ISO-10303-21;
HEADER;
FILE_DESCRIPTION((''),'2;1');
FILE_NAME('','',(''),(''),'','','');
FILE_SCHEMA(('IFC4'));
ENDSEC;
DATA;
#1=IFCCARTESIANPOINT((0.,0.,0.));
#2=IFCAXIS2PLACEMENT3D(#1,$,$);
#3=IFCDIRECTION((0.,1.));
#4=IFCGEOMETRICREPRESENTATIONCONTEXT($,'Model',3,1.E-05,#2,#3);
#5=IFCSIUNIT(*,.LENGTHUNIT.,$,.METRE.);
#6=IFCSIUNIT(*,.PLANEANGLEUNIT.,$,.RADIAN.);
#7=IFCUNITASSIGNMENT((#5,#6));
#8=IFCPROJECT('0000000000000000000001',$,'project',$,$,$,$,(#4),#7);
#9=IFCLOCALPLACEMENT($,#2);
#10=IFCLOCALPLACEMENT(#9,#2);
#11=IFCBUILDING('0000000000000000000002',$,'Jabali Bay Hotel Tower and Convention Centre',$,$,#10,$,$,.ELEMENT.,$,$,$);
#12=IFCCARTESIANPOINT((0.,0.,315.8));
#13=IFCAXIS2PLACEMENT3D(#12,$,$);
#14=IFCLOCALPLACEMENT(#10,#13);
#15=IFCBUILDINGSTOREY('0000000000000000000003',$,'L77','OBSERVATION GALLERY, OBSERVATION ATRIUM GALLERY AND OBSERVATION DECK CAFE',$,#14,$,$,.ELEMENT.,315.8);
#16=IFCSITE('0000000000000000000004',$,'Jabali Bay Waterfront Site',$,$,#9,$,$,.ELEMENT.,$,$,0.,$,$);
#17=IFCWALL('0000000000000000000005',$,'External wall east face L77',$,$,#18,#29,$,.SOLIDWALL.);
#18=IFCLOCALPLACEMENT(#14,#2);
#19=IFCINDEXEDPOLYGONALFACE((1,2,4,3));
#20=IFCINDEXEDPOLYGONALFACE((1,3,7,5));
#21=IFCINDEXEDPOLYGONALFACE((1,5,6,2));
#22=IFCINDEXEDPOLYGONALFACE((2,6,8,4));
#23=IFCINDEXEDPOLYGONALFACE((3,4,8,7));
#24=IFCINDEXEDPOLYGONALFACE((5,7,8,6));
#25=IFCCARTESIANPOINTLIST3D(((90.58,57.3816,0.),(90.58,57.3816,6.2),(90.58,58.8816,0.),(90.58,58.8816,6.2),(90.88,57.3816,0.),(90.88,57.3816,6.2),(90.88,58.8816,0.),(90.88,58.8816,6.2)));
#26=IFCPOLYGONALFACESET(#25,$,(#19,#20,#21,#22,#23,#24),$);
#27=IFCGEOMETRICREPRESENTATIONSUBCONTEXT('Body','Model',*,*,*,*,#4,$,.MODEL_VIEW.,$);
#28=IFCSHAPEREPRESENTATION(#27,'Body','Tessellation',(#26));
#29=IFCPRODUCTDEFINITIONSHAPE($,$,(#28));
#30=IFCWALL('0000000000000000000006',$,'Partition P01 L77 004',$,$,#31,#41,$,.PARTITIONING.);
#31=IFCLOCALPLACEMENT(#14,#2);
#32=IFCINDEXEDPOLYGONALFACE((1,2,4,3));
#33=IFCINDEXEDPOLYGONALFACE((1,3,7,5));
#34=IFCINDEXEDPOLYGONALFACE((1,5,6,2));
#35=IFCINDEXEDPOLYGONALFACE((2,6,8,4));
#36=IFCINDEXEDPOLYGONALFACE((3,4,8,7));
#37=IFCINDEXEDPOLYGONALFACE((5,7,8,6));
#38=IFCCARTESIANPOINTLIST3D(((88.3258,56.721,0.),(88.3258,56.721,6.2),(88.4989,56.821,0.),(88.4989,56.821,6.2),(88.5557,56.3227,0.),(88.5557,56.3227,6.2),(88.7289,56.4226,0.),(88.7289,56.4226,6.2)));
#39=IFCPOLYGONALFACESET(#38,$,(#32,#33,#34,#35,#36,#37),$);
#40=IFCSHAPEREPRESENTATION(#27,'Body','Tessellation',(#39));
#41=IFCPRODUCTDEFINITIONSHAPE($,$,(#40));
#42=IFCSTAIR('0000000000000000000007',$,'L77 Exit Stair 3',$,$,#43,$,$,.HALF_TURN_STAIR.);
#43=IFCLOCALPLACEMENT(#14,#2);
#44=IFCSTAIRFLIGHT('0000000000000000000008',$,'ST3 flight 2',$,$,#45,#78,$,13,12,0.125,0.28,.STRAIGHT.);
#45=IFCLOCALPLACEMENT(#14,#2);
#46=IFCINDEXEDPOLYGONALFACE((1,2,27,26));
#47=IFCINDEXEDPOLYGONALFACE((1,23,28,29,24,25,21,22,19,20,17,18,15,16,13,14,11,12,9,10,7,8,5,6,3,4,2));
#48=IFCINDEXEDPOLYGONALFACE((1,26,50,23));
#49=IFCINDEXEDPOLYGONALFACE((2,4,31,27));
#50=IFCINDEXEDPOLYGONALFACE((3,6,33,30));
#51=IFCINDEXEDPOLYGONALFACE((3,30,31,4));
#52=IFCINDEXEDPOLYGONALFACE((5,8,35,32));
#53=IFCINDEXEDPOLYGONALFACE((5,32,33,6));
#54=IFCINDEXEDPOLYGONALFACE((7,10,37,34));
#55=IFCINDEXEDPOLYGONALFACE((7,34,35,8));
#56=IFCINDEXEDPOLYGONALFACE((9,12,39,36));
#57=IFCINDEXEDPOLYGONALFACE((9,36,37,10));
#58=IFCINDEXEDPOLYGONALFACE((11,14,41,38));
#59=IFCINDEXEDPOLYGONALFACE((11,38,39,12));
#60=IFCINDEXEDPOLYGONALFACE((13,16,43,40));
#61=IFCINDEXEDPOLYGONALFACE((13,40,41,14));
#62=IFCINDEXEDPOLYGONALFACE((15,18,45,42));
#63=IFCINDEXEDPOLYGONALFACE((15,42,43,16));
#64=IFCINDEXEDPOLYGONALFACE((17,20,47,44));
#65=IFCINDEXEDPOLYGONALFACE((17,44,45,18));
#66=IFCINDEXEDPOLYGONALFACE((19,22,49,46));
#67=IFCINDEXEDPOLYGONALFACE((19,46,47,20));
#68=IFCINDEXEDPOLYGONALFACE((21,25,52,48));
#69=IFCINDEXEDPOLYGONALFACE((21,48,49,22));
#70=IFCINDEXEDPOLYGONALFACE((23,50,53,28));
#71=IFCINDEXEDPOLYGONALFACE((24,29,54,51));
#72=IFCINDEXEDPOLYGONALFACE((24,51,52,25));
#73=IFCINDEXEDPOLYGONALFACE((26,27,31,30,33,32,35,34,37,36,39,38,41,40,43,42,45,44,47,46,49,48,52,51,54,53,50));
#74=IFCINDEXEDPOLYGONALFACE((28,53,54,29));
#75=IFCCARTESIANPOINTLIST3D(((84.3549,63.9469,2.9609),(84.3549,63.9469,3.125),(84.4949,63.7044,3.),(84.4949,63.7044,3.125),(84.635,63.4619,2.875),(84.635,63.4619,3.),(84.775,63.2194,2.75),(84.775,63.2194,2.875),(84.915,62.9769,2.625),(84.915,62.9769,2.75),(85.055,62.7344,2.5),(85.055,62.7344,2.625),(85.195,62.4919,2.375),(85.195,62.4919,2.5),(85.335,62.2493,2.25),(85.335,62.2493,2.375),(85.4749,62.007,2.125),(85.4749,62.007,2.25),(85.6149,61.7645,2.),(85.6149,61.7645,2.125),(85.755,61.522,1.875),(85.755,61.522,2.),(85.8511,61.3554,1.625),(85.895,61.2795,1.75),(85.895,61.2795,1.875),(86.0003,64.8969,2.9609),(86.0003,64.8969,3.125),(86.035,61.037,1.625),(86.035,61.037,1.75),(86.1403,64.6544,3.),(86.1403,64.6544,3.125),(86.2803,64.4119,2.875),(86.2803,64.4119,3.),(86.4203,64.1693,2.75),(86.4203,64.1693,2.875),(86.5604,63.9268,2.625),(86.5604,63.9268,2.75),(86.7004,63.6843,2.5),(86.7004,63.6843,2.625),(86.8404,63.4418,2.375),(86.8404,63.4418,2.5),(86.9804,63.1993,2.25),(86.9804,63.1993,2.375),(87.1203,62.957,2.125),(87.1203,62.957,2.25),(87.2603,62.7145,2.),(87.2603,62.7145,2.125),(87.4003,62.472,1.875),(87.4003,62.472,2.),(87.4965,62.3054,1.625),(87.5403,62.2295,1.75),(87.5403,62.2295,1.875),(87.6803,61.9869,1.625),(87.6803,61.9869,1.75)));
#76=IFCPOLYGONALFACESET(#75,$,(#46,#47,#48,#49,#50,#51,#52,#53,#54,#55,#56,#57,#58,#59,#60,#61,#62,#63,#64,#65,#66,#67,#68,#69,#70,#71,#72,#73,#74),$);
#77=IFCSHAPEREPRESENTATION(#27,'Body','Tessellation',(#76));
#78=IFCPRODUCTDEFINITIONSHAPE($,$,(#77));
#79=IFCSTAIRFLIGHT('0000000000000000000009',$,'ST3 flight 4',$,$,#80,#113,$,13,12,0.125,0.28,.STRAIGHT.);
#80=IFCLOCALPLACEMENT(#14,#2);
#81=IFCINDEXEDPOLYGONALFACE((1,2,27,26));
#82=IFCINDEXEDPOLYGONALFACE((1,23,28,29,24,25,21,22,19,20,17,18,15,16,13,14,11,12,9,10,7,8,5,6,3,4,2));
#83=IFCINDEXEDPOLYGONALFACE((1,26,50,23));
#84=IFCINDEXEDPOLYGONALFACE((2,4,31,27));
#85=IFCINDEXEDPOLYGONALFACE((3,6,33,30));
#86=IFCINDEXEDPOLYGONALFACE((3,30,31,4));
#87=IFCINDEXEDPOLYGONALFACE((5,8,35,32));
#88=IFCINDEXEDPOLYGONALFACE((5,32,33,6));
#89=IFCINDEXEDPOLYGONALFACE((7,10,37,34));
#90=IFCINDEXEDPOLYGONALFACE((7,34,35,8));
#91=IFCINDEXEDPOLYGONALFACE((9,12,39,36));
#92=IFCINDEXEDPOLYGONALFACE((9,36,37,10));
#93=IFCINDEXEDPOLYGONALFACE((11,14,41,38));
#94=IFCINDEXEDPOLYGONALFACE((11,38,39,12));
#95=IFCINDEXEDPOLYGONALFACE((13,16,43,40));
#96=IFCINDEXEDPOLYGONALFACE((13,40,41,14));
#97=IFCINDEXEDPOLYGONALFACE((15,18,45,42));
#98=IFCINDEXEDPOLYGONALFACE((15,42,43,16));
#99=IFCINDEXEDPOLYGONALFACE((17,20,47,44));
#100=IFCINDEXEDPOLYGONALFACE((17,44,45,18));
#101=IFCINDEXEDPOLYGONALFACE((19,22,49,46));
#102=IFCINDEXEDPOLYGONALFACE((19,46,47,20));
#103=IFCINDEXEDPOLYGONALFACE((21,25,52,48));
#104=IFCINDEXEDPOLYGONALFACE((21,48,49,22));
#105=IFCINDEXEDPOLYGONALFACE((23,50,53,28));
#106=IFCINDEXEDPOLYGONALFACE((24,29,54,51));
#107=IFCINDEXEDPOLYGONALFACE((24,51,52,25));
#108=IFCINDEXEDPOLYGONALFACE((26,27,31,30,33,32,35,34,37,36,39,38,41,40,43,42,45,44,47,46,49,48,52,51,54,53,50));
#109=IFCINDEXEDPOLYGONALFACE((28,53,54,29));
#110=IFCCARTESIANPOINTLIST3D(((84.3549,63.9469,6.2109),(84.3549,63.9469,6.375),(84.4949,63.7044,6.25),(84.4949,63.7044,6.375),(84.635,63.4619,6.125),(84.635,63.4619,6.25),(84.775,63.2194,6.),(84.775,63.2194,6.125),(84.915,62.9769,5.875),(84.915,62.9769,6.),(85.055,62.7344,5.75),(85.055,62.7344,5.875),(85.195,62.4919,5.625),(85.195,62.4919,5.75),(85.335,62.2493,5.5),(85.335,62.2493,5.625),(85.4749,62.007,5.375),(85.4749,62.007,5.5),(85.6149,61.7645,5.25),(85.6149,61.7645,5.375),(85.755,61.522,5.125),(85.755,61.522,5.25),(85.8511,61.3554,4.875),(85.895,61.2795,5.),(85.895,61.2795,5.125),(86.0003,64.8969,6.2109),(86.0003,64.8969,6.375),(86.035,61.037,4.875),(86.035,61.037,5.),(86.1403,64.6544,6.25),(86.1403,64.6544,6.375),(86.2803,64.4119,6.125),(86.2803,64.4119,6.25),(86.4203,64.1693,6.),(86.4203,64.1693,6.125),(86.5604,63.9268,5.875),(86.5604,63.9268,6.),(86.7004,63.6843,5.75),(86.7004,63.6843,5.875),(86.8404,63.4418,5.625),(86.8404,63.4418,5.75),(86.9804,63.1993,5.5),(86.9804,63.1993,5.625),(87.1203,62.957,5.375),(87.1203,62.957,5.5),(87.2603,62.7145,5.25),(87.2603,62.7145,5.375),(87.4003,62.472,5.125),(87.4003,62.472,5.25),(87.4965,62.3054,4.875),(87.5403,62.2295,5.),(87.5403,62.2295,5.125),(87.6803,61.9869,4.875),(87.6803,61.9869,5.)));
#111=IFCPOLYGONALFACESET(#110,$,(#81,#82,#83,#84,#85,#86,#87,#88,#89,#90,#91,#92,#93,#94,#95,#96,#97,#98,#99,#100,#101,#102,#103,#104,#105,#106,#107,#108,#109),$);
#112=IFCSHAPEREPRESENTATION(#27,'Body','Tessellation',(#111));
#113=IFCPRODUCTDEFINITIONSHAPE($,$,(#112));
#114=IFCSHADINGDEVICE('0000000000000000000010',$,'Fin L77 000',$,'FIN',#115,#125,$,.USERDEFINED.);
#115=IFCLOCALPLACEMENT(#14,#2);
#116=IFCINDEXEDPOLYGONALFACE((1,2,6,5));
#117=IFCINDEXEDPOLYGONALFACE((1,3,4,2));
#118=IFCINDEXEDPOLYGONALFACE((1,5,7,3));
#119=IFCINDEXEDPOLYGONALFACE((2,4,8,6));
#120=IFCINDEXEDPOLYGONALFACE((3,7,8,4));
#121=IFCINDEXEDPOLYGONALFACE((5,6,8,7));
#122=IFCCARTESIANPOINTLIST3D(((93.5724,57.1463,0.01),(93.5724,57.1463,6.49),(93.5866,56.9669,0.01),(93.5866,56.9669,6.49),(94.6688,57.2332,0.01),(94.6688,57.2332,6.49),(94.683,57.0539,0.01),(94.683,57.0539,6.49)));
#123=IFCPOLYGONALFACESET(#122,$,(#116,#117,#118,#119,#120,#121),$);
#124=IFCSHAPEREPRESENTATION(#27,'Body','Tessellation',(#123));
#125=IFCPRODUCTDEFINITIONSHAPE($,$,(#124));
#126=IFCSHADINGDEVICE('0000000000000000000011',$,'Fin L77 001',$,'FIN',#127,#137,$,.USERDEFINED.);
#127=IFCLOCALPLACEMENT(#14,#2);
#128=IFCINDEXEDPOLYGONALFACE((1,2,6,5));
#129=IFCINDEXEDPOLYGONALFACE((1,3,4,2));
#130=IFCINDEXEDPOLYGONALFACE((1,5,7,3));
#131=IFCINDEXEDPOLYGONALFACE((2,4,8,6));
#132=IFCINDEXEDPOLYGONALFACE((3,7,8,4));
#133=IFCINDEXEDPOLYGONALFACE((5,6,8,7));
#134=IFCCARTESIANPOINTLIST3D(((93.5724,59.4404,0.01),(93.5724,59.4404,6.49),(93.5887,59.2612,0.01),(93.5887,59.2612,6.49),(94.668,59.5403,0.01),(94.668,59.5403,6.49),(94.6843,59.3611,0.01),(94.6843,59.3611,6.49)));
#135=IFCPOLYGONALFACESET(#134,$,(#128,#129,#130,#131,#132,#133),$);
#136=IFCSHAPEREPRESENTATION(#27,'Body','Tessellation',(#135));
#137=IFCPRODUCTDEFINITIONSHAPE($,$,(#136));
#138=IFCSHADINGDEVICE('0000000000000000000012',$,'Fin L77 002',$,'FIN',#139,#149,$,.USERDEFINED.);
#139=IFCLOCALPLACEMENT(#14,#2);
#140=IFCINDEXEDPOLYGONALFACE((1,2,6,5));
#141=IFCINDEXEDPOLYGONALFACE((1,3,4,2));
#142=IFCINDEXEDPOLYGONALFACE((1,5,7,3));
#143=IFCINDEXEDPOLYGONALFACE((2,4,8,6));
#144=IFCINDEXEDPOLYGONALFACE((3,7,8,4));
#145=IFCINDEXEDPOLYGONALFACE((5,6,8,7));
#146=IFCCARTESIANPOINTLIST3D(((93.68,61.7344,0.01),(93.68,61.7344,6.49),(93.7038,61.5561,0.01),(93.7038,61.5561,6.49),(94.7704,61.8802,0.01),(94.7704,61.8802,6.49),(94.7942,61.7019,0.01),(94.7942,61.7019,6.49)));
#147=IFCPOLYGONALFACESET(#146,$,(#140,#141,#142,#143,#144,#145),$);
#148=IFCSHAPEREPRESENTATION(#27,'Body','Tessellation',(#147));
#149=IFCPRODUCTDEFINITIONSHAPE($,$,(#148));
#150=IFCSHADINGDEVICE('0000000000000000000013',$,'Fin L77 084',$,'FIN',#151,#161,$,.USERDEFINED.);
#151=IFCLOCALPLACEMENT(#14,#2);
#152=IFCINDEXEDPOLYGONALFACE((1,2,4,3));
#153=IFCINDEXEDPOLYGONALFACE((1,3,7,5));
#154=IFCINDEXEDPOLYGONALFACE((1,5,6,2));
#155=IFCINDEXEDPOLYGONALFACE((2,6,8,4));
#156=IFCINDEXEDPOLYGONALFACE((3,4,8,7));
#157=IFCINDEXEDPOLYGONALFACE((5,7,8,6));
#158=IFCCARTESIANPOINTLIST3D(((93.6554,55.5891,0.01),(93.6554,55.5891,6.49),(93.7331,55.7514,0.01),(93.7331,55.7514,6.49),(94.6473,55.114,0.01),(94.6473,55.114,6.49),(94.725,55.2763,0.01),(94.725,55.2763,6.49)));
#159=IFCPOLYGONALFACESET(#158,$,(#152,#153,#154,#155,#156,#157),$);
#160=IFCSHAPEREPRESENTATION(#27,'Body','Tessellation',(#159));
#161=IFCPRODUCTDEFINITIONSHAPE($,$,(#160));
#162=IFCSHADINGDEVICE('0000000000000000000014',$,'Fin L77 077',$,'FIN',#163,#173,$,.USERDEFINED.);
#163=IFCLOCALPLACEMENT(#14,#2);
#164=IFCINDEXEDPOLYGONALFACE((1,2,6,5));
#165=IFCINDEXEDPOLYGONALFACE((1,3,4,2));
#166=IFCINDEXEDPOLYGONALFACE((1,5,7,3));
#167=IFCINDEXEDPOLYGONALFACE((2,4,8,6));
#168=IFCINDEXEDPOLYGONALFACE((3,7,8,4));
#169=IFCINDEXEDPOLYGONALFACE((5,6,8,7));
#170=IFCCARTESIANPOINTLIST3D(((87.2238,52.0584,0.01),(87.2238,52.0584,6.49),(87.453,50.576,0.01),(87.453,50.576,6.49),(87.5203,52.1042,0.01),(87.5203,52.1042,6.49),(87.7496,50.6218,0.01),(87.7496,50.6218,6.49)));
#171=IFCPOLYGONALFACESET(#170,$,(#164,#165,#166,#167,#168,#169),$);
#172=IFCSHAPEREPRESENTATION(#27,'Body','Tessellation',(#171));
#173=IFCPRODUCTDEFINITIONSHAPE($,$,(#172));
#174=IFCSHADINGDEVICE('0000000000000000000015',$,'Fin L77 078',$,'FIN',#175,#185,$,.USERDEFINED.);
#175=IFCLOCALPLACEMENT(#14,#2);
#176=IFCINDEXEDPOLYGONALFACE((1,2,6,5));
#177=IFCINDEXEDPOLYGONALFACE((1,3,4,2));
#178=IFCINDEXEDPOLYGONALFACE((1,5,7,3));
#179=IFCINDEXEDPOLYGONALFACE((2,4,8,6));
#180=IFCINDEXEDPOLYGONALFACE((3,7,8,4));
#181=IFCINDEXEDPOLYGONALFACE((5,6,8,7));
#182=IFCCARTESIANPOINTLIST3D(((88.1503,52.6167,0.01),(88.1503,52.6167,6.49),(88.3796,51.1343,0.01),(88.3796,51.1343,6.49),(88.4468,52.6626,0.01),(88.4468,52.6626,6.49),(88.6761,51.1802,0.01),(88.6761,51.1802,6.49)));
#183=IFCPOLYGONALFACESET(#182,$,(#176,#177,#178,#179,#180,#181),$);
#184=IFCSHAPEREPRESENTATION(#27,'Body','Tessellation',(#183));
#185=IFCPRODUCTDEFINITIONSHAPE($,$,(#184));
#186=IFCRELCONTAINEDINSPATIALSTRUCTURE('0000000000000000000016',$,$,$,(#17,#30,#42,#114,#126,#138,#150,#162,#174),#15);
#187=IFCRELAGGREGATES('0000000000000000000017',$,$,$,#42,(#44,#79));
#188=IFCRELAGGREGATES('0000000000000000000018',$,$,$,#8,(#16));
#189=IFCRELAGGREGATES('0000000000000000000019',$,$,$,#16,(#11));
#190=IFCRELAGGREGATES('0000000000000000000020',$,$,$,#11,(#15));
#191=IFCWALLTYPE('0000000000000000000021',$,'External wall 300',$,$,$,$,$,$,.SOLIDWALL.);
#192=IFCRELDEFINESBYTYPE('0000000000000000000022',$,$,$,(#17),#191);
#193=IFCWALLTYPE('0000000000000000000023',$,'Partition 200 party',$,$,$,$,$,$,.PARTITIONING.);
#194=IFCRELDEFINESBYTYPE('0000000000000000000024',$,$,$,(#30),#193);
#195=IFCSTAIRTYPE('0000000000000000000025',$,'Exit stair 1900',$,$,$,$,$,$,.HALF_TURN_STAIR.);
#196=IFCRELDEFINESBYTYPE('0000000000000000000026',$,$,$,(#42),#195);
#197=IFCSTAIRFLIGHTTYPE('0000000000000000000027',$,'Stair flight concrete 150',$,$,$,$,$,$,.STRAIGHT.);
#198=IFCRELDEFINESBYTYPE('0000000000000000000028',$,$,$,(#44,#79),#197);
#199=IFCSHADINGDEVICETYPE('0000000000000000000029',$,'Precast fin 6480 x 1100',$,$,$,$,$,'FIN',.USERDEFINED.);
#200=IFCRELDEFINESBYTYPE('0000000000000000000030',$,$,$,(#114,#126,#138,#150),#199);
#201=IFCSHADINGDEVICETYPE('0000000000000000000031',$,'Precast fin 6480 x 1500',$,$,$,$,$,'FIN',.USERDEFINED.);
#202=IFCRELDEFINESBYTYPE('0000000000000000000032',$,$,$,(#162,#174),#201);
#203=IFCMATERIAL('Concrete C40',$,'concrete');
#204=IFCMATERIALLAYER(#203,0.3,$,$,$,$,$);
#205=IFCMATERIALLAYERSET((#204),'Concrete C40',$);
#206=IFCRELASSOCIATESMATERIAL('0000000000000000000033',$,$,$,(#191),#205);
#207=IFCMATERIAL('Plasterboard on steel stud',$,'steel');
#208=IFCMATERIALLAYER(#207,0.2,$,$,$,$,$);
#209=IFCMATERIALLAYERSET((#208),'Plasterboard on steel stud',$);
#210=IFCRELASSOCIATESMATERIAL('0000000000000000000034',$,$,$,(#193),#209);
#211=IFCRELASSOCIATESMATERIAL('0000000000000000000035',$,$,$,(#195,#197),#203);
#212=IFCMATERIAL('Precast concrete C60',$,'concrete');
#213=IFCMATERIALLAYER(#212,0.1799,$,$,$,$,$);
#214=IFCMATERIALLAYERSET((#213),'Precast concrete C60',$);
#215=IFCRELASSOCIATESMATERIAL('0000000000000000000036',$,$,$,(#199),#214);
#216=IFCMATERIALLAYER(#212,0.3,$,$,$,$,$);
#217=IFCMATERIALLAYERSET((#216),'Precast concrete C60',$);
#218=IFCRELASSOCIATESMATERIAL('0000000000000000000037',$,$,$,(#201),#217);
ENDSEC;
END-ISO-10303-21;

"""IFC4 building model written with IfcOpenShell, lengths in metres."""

from ifc_helpers import new_model, si_unit, direction, frame, frame_2d, origin, place, context, subcontext, project, spatial, polyline, rectangle, outline, extrude, material, layer, layer_set, type_object, element, aggregate, save


model = new_model("IFC4")

# Units and contexts
model_context = context("Model", 3, precision=1e-05, world=origin(), true_north=direction((0.0, 1.0)))
body_context = subcontext(model_context, "Body", "Model", "MODEL_VIEW")
ifc_project = project(units=[si_unit("LENGTHUNIT", "METRE"), si_unit("PLANEANGLEUNIT", "RADIAN")], contexts=[model_context])

# Site, building, storey
site_placement = place(None, origin())
site = spatial("IfcSite", under=ifc_project, at=site_placement, Name="Jabali Bay Waterfront Site", CompositionType="ELEMENT", RefElevation=0.0)
building_placement = place(site_placement, origin())
building = spatial("IfcBuilding", under=site, at=building_placement, Name="Jabali Bay Hotel Tower and Convention Centre", CompositionType="ELEMENT")
storey_placement = place(building_placement, frame((0.0, 0.0, 315.8)))
storey = spatial("IfcBuildingStorey", under=building, at=storey_placement, Name="L77", Description="OBSERVATION GALLERY, OBSERVATION ATRIUM GALLERY AND OBSERVATION DECK CAFE", CompositionType="ELEMENT", Elevation=315.8)

# Walls
ifc_material_1 = material(Name="Concrete C40", Category="concrete")
ifc_layer_1 = layer(ifc_material_1, 0.3)
ifc_layer_set_1 = layer_set([ifc_layer_1], Name="Concrete C40")
wall_type_1 = type_object("IfcWallType", Name="External wall 300", PredefinedType="SOLIDWALL", material=ifc_layer_set_1)
wall_1_placement = place(storey_placement, frame((90.73, 58.8816, 0.0), z_axis=(0.0, 0.0, 1.0), x_axis=(0.0, -1.0, 0.0)))
element("IfcWall", 1, at=wall_1_placement, inside=storey, type_object=wall_type_1, Name="External wall east face L77", PredefinedType="SOLIDWALL", context=body_context, shape_type="SweptSolid", body=[
    extrude(rectangle(XDim=1.5, YDim=0.3, at=frame_2d((0.75, 0.0))), origin(), (0.0, 0.0, 1.0), 6.2),
])
ifc_material_2 = material(Name="Plasterboard on steel stud", Category="steel")
ifc_layer_2 = layer(ifc_material_2, 0.2)
ifc_layer_set_2 = layer_set([ifc_layer_2], Name="Plasterboard on steel stud")
wall_type_2 = type_object("IfcWallType", Name="Partition 200 party", PredefinedType="PARTITIONING", material=ifc_layer_set_2)
wall_2_placement = place(storey_placement, frame((88.4124, 56.771, 0.0), z_axis=(0.0, 0.0, 1.0), x_axis=(0.499906, -0.86608, 0.0)))
element("IfcWall", 2, at=wall_2_placement, inside=storey, type_object=wall_type_2, Name="Partition P01 L77 004", PredefinedType="PARTITIONING", context=body_context, shape_type="SweptSolid", body=[
    extrude(rectangle(XDim=0.46, YDim=0.2, at=frame_2d((0.23, 0.0))), origin(), (0.0, 0.0, 1.0), 6.2),
])

# Stair, stair flights
stair_type = type_object("IfcStairType", Name="Exit stair 1900", PredefinedType="HALF_TURN_STAIR", material=ifc_material_1)
stair_placement = place(storey_placement, origin())
stair = element("IfcStair", 3, at=stair_placement, inside=storey, type_object=stair_type, Name="L77 Exit Stair 3", PredefinedType="HALF_TURN_STAIR")
stair_flight_type = type_object("IfcStairFlightType", Name="Stair flight concrete 150", PredefinedType="STRAIGHT", material=ifc_material_1)
stair_flight_1_placement = place(storey_placement, frame((86.8577, 61.512, 1.625), z_axis=(0.0, 0.0, 1.0), x_axis=(-0.5, 0.866025, 0.0)))
stair_flight_1 = element("IfcStairFlight", 4, at=stair_flight_1_placement, type_object=stair_flight_type, Name="ST3 flight 2", NumberOfRisers=13, NumberOfTreads=12, PredefinedType="STRAIGHT", RiserHeight=0.125, TreadLength=0.28, context=body_context, shape_type="SweptSolid", body=[
    extrude(outline(polyline([(0.0, 0.0), (0.0, 0.125), (0.28, 0.125), (0.28, 0.25), (0.5601, 0.25), (0.5601, 0.375), (0.8401, 0.375), (0.8401, 0.5), (1.1201, 0.5), (1.1201, 0.625), (1.3999, 0.625), (1.3999, 0.75), (1.6799, 0.75), (1.6799, 0.875), (1.96, 0.875), (1.96, 1.0), (2.24, 1.0), (2.24, 1.125), (2.52, 1.125), (2.52, 1.25), (2.8, 1.25), (2.8, 1.375), (3.0801, 1.375), (3.0801, 1.5), (3.3601, 1.5), (3.3601, 1.625), (3.3601, 1.3359), (0.3677, 0.0), (0.0, 0.0)])), frame((0.0, 0.95, 0.0), z_axis=(0.0, -1.0, 0.0), x_axis=(1.0, 0.0, 0.0)), (0.0, 0.0, 1.0), 1.8999),
])
stair_flight_2_placement = place(storey_placement, frame((86.8577, 61.512, 4.875), z_axis=(0.0, 0.0, 1.0), x_axis=(-0.5, 0.866025, 0.0)))
stair_flight_2 = element("IfcStairFlight", 5, at=stair_flight_2_placement, type_object=stair_flight_type, Name="ST3 flight 4", NumberOfRisers=13, NumberOfTreads=12, PredefinedType="STRAIGHT", RiserHeight=0.125, TreadLength=0.28, context=body_context, shape_type="SweptSolid", body=[
    extrude(outline(polyline([(0.0, 0.0), (0.0, 0.125), (0.28, 0.125), (0.28, 0.25), (0.5601, 0.25), (0.5601, 0.375), (0.8401, 0.375), (0.8401, 0.5), (1.1201, 0.5), (1.1201, 0.625), (1.3999, 0.625), (1.3999, 0.75), (1.6799, 0.75), (1.6799, 0.875), (1.96, 0.875), (1.96, 1.0), (2.24, 1.0), (2.24, 1.125), (2.52, 1.125), (2.52, 1.25), (2.8, 1.25), (2.8, 1.375), (3.0801, 1.375), (3.0801, 1.5), (3.3601, 1.5), (3.3601, 1.625), (3.3601, 1.3359), (0.3677, 0.0), (0.0, 0.0)])), frame((0.0, 0.95, 0.0), z_axis=(0.0, -1.0, 0.0), x_axis=(1.0, 0.0, 0.0)), (0.0, 0.0, 1.0), 1.8999),
])
aggregate(stair, [stair_flight_1, stair_flight_2])

# Shading devices
ifc_material_3 = material(Name="Precast concrete C60", Category="concrete")
ifc_layer_3 = layer(ifc_material_3, 0.1799)
ifc_layer_set_3 = layer_set([ifc_layer_3], Name="Precast concrete C60")
shading_device_type_1 = type_object("IfcShadingDeviceType", Name="Precast fin 6480 x 1100", ElementType="FIN", PredefinedType="USERDEFINED", material=ifc_layer_set_3)
shading_device_1_placement = place(storey_placement, frame((93.5796, 57.0566, 0.01), z_axis=(0.0, 0.0, 1.0), x_axis=(0.996873, 0.079022, 0.0)))
element("IfcShadingDevice", 6, at=shading_device_1_placement, inside=storey, type_object=shading_device_type_1, Name="Fin L77 000", ObjectType="FIN", PredefinedType="USERDEFINED", context=body_context, shape_type="SweptSolid", body=[
    extrude(rectangle(XDim=1.0999, YDim=0.1799, at=frame_2d((0.5498, 0.0))), origin(), (0.0, 0.0, 1.0), 6.48),
])
for number, where, z_axis, x_axis, name in (
    (7, (93.5806, 59.3508, 0.01), (0.0, 0.0, 1.0), (0.995871, 0.090776, 0.0), "Fin L77 001"),
    (8, (93.6919, 61.6453, 0.01), (0.0, 0.0, 1.0), (0.991183, 0.132498, 0.0), "Fin L77 002"),
):
    element("IfcShadingDevice", number, at=place(storey_placement, frame(where, z_axis=z_axis, x_axis=x_axis)), inside=storey, type_object=shading_device_type_1, Name=name, ObjectType="FIN", PredefinedType="USERDEFINED", context=body_context, shape_type="SweptSolid", body=[
        extrude(rectangle(XDim=1.1001, YDim=0.1799, at=frame_2d((0.55, 0.0))), origin(), (0.0, 0.0, 1.0), 6.48),
    ])
shading_device_2_placement = place(storey_placement, frame((93.6943, 55.6702, 0.01), z_axis=(0.0, 0.0, 1.0), x_axis=(0.90189, -0.431966, 0.0)))
element("IfcShadingDevice", 9, at=shading_device_2_placement, inside=storey, type_object=shading_device_type_1, Name="Fin L77 084", ObjectType="FIN", PredefinedType="USERDEFINED", context=body_context, shape_type="SweptSolid", body=[
    extrude(rectangle(XDim=1.0999, YDim=0.1799, at=frame_2d((0.5498, 0.0))), origin(), (0.0, 0.0, 1.0), 6.48),
])
ifc_layer_4 = layer(ifc_material_3, 0.3)
ifc_layer_set_4 = layer_set([ifc_layer_4], Name="Precast concrete C60")
shading_device_type_2 = type_object("IfcShadingDeviceType", Name="Precast fin 6480 x 1500", ElementType="FIN", PredefinedType="USERDEFINED", material=ifc_layer_set_4)
for number, where, z_axis, x_axis, name in (
    (10, (87.3721, 52.0813, 0.01), (0.0, 0.0, 1.0), (0.152828, -0.988253, 0.0), "Fin L77 077"),
    (11, (88.2986, 52.6396, 0.01), (0.0, 0.0, 1.0), (0.152828, -0.988253, 0.0), "Fin L77 078"),
):
    element("IfcShadingDevice", number, at=place(storey_placement, frame(where, z_axis=z_axis, x_axis=x_axis)), inside=storey, type_object=shading_device_type_2, Name=name, ObjectType="FIN", PredefinedType="USERDEFINED", context=body_context, shape_type="SweptSolid", body=[
        extrude(rectangle(XDim=1.5, YDim=0.3, at=frame_2d((0.75, 0.0))), origin(), (0.0, 0.0, 1.0), 6.48),
    ])

save(model, "model.ifc")
